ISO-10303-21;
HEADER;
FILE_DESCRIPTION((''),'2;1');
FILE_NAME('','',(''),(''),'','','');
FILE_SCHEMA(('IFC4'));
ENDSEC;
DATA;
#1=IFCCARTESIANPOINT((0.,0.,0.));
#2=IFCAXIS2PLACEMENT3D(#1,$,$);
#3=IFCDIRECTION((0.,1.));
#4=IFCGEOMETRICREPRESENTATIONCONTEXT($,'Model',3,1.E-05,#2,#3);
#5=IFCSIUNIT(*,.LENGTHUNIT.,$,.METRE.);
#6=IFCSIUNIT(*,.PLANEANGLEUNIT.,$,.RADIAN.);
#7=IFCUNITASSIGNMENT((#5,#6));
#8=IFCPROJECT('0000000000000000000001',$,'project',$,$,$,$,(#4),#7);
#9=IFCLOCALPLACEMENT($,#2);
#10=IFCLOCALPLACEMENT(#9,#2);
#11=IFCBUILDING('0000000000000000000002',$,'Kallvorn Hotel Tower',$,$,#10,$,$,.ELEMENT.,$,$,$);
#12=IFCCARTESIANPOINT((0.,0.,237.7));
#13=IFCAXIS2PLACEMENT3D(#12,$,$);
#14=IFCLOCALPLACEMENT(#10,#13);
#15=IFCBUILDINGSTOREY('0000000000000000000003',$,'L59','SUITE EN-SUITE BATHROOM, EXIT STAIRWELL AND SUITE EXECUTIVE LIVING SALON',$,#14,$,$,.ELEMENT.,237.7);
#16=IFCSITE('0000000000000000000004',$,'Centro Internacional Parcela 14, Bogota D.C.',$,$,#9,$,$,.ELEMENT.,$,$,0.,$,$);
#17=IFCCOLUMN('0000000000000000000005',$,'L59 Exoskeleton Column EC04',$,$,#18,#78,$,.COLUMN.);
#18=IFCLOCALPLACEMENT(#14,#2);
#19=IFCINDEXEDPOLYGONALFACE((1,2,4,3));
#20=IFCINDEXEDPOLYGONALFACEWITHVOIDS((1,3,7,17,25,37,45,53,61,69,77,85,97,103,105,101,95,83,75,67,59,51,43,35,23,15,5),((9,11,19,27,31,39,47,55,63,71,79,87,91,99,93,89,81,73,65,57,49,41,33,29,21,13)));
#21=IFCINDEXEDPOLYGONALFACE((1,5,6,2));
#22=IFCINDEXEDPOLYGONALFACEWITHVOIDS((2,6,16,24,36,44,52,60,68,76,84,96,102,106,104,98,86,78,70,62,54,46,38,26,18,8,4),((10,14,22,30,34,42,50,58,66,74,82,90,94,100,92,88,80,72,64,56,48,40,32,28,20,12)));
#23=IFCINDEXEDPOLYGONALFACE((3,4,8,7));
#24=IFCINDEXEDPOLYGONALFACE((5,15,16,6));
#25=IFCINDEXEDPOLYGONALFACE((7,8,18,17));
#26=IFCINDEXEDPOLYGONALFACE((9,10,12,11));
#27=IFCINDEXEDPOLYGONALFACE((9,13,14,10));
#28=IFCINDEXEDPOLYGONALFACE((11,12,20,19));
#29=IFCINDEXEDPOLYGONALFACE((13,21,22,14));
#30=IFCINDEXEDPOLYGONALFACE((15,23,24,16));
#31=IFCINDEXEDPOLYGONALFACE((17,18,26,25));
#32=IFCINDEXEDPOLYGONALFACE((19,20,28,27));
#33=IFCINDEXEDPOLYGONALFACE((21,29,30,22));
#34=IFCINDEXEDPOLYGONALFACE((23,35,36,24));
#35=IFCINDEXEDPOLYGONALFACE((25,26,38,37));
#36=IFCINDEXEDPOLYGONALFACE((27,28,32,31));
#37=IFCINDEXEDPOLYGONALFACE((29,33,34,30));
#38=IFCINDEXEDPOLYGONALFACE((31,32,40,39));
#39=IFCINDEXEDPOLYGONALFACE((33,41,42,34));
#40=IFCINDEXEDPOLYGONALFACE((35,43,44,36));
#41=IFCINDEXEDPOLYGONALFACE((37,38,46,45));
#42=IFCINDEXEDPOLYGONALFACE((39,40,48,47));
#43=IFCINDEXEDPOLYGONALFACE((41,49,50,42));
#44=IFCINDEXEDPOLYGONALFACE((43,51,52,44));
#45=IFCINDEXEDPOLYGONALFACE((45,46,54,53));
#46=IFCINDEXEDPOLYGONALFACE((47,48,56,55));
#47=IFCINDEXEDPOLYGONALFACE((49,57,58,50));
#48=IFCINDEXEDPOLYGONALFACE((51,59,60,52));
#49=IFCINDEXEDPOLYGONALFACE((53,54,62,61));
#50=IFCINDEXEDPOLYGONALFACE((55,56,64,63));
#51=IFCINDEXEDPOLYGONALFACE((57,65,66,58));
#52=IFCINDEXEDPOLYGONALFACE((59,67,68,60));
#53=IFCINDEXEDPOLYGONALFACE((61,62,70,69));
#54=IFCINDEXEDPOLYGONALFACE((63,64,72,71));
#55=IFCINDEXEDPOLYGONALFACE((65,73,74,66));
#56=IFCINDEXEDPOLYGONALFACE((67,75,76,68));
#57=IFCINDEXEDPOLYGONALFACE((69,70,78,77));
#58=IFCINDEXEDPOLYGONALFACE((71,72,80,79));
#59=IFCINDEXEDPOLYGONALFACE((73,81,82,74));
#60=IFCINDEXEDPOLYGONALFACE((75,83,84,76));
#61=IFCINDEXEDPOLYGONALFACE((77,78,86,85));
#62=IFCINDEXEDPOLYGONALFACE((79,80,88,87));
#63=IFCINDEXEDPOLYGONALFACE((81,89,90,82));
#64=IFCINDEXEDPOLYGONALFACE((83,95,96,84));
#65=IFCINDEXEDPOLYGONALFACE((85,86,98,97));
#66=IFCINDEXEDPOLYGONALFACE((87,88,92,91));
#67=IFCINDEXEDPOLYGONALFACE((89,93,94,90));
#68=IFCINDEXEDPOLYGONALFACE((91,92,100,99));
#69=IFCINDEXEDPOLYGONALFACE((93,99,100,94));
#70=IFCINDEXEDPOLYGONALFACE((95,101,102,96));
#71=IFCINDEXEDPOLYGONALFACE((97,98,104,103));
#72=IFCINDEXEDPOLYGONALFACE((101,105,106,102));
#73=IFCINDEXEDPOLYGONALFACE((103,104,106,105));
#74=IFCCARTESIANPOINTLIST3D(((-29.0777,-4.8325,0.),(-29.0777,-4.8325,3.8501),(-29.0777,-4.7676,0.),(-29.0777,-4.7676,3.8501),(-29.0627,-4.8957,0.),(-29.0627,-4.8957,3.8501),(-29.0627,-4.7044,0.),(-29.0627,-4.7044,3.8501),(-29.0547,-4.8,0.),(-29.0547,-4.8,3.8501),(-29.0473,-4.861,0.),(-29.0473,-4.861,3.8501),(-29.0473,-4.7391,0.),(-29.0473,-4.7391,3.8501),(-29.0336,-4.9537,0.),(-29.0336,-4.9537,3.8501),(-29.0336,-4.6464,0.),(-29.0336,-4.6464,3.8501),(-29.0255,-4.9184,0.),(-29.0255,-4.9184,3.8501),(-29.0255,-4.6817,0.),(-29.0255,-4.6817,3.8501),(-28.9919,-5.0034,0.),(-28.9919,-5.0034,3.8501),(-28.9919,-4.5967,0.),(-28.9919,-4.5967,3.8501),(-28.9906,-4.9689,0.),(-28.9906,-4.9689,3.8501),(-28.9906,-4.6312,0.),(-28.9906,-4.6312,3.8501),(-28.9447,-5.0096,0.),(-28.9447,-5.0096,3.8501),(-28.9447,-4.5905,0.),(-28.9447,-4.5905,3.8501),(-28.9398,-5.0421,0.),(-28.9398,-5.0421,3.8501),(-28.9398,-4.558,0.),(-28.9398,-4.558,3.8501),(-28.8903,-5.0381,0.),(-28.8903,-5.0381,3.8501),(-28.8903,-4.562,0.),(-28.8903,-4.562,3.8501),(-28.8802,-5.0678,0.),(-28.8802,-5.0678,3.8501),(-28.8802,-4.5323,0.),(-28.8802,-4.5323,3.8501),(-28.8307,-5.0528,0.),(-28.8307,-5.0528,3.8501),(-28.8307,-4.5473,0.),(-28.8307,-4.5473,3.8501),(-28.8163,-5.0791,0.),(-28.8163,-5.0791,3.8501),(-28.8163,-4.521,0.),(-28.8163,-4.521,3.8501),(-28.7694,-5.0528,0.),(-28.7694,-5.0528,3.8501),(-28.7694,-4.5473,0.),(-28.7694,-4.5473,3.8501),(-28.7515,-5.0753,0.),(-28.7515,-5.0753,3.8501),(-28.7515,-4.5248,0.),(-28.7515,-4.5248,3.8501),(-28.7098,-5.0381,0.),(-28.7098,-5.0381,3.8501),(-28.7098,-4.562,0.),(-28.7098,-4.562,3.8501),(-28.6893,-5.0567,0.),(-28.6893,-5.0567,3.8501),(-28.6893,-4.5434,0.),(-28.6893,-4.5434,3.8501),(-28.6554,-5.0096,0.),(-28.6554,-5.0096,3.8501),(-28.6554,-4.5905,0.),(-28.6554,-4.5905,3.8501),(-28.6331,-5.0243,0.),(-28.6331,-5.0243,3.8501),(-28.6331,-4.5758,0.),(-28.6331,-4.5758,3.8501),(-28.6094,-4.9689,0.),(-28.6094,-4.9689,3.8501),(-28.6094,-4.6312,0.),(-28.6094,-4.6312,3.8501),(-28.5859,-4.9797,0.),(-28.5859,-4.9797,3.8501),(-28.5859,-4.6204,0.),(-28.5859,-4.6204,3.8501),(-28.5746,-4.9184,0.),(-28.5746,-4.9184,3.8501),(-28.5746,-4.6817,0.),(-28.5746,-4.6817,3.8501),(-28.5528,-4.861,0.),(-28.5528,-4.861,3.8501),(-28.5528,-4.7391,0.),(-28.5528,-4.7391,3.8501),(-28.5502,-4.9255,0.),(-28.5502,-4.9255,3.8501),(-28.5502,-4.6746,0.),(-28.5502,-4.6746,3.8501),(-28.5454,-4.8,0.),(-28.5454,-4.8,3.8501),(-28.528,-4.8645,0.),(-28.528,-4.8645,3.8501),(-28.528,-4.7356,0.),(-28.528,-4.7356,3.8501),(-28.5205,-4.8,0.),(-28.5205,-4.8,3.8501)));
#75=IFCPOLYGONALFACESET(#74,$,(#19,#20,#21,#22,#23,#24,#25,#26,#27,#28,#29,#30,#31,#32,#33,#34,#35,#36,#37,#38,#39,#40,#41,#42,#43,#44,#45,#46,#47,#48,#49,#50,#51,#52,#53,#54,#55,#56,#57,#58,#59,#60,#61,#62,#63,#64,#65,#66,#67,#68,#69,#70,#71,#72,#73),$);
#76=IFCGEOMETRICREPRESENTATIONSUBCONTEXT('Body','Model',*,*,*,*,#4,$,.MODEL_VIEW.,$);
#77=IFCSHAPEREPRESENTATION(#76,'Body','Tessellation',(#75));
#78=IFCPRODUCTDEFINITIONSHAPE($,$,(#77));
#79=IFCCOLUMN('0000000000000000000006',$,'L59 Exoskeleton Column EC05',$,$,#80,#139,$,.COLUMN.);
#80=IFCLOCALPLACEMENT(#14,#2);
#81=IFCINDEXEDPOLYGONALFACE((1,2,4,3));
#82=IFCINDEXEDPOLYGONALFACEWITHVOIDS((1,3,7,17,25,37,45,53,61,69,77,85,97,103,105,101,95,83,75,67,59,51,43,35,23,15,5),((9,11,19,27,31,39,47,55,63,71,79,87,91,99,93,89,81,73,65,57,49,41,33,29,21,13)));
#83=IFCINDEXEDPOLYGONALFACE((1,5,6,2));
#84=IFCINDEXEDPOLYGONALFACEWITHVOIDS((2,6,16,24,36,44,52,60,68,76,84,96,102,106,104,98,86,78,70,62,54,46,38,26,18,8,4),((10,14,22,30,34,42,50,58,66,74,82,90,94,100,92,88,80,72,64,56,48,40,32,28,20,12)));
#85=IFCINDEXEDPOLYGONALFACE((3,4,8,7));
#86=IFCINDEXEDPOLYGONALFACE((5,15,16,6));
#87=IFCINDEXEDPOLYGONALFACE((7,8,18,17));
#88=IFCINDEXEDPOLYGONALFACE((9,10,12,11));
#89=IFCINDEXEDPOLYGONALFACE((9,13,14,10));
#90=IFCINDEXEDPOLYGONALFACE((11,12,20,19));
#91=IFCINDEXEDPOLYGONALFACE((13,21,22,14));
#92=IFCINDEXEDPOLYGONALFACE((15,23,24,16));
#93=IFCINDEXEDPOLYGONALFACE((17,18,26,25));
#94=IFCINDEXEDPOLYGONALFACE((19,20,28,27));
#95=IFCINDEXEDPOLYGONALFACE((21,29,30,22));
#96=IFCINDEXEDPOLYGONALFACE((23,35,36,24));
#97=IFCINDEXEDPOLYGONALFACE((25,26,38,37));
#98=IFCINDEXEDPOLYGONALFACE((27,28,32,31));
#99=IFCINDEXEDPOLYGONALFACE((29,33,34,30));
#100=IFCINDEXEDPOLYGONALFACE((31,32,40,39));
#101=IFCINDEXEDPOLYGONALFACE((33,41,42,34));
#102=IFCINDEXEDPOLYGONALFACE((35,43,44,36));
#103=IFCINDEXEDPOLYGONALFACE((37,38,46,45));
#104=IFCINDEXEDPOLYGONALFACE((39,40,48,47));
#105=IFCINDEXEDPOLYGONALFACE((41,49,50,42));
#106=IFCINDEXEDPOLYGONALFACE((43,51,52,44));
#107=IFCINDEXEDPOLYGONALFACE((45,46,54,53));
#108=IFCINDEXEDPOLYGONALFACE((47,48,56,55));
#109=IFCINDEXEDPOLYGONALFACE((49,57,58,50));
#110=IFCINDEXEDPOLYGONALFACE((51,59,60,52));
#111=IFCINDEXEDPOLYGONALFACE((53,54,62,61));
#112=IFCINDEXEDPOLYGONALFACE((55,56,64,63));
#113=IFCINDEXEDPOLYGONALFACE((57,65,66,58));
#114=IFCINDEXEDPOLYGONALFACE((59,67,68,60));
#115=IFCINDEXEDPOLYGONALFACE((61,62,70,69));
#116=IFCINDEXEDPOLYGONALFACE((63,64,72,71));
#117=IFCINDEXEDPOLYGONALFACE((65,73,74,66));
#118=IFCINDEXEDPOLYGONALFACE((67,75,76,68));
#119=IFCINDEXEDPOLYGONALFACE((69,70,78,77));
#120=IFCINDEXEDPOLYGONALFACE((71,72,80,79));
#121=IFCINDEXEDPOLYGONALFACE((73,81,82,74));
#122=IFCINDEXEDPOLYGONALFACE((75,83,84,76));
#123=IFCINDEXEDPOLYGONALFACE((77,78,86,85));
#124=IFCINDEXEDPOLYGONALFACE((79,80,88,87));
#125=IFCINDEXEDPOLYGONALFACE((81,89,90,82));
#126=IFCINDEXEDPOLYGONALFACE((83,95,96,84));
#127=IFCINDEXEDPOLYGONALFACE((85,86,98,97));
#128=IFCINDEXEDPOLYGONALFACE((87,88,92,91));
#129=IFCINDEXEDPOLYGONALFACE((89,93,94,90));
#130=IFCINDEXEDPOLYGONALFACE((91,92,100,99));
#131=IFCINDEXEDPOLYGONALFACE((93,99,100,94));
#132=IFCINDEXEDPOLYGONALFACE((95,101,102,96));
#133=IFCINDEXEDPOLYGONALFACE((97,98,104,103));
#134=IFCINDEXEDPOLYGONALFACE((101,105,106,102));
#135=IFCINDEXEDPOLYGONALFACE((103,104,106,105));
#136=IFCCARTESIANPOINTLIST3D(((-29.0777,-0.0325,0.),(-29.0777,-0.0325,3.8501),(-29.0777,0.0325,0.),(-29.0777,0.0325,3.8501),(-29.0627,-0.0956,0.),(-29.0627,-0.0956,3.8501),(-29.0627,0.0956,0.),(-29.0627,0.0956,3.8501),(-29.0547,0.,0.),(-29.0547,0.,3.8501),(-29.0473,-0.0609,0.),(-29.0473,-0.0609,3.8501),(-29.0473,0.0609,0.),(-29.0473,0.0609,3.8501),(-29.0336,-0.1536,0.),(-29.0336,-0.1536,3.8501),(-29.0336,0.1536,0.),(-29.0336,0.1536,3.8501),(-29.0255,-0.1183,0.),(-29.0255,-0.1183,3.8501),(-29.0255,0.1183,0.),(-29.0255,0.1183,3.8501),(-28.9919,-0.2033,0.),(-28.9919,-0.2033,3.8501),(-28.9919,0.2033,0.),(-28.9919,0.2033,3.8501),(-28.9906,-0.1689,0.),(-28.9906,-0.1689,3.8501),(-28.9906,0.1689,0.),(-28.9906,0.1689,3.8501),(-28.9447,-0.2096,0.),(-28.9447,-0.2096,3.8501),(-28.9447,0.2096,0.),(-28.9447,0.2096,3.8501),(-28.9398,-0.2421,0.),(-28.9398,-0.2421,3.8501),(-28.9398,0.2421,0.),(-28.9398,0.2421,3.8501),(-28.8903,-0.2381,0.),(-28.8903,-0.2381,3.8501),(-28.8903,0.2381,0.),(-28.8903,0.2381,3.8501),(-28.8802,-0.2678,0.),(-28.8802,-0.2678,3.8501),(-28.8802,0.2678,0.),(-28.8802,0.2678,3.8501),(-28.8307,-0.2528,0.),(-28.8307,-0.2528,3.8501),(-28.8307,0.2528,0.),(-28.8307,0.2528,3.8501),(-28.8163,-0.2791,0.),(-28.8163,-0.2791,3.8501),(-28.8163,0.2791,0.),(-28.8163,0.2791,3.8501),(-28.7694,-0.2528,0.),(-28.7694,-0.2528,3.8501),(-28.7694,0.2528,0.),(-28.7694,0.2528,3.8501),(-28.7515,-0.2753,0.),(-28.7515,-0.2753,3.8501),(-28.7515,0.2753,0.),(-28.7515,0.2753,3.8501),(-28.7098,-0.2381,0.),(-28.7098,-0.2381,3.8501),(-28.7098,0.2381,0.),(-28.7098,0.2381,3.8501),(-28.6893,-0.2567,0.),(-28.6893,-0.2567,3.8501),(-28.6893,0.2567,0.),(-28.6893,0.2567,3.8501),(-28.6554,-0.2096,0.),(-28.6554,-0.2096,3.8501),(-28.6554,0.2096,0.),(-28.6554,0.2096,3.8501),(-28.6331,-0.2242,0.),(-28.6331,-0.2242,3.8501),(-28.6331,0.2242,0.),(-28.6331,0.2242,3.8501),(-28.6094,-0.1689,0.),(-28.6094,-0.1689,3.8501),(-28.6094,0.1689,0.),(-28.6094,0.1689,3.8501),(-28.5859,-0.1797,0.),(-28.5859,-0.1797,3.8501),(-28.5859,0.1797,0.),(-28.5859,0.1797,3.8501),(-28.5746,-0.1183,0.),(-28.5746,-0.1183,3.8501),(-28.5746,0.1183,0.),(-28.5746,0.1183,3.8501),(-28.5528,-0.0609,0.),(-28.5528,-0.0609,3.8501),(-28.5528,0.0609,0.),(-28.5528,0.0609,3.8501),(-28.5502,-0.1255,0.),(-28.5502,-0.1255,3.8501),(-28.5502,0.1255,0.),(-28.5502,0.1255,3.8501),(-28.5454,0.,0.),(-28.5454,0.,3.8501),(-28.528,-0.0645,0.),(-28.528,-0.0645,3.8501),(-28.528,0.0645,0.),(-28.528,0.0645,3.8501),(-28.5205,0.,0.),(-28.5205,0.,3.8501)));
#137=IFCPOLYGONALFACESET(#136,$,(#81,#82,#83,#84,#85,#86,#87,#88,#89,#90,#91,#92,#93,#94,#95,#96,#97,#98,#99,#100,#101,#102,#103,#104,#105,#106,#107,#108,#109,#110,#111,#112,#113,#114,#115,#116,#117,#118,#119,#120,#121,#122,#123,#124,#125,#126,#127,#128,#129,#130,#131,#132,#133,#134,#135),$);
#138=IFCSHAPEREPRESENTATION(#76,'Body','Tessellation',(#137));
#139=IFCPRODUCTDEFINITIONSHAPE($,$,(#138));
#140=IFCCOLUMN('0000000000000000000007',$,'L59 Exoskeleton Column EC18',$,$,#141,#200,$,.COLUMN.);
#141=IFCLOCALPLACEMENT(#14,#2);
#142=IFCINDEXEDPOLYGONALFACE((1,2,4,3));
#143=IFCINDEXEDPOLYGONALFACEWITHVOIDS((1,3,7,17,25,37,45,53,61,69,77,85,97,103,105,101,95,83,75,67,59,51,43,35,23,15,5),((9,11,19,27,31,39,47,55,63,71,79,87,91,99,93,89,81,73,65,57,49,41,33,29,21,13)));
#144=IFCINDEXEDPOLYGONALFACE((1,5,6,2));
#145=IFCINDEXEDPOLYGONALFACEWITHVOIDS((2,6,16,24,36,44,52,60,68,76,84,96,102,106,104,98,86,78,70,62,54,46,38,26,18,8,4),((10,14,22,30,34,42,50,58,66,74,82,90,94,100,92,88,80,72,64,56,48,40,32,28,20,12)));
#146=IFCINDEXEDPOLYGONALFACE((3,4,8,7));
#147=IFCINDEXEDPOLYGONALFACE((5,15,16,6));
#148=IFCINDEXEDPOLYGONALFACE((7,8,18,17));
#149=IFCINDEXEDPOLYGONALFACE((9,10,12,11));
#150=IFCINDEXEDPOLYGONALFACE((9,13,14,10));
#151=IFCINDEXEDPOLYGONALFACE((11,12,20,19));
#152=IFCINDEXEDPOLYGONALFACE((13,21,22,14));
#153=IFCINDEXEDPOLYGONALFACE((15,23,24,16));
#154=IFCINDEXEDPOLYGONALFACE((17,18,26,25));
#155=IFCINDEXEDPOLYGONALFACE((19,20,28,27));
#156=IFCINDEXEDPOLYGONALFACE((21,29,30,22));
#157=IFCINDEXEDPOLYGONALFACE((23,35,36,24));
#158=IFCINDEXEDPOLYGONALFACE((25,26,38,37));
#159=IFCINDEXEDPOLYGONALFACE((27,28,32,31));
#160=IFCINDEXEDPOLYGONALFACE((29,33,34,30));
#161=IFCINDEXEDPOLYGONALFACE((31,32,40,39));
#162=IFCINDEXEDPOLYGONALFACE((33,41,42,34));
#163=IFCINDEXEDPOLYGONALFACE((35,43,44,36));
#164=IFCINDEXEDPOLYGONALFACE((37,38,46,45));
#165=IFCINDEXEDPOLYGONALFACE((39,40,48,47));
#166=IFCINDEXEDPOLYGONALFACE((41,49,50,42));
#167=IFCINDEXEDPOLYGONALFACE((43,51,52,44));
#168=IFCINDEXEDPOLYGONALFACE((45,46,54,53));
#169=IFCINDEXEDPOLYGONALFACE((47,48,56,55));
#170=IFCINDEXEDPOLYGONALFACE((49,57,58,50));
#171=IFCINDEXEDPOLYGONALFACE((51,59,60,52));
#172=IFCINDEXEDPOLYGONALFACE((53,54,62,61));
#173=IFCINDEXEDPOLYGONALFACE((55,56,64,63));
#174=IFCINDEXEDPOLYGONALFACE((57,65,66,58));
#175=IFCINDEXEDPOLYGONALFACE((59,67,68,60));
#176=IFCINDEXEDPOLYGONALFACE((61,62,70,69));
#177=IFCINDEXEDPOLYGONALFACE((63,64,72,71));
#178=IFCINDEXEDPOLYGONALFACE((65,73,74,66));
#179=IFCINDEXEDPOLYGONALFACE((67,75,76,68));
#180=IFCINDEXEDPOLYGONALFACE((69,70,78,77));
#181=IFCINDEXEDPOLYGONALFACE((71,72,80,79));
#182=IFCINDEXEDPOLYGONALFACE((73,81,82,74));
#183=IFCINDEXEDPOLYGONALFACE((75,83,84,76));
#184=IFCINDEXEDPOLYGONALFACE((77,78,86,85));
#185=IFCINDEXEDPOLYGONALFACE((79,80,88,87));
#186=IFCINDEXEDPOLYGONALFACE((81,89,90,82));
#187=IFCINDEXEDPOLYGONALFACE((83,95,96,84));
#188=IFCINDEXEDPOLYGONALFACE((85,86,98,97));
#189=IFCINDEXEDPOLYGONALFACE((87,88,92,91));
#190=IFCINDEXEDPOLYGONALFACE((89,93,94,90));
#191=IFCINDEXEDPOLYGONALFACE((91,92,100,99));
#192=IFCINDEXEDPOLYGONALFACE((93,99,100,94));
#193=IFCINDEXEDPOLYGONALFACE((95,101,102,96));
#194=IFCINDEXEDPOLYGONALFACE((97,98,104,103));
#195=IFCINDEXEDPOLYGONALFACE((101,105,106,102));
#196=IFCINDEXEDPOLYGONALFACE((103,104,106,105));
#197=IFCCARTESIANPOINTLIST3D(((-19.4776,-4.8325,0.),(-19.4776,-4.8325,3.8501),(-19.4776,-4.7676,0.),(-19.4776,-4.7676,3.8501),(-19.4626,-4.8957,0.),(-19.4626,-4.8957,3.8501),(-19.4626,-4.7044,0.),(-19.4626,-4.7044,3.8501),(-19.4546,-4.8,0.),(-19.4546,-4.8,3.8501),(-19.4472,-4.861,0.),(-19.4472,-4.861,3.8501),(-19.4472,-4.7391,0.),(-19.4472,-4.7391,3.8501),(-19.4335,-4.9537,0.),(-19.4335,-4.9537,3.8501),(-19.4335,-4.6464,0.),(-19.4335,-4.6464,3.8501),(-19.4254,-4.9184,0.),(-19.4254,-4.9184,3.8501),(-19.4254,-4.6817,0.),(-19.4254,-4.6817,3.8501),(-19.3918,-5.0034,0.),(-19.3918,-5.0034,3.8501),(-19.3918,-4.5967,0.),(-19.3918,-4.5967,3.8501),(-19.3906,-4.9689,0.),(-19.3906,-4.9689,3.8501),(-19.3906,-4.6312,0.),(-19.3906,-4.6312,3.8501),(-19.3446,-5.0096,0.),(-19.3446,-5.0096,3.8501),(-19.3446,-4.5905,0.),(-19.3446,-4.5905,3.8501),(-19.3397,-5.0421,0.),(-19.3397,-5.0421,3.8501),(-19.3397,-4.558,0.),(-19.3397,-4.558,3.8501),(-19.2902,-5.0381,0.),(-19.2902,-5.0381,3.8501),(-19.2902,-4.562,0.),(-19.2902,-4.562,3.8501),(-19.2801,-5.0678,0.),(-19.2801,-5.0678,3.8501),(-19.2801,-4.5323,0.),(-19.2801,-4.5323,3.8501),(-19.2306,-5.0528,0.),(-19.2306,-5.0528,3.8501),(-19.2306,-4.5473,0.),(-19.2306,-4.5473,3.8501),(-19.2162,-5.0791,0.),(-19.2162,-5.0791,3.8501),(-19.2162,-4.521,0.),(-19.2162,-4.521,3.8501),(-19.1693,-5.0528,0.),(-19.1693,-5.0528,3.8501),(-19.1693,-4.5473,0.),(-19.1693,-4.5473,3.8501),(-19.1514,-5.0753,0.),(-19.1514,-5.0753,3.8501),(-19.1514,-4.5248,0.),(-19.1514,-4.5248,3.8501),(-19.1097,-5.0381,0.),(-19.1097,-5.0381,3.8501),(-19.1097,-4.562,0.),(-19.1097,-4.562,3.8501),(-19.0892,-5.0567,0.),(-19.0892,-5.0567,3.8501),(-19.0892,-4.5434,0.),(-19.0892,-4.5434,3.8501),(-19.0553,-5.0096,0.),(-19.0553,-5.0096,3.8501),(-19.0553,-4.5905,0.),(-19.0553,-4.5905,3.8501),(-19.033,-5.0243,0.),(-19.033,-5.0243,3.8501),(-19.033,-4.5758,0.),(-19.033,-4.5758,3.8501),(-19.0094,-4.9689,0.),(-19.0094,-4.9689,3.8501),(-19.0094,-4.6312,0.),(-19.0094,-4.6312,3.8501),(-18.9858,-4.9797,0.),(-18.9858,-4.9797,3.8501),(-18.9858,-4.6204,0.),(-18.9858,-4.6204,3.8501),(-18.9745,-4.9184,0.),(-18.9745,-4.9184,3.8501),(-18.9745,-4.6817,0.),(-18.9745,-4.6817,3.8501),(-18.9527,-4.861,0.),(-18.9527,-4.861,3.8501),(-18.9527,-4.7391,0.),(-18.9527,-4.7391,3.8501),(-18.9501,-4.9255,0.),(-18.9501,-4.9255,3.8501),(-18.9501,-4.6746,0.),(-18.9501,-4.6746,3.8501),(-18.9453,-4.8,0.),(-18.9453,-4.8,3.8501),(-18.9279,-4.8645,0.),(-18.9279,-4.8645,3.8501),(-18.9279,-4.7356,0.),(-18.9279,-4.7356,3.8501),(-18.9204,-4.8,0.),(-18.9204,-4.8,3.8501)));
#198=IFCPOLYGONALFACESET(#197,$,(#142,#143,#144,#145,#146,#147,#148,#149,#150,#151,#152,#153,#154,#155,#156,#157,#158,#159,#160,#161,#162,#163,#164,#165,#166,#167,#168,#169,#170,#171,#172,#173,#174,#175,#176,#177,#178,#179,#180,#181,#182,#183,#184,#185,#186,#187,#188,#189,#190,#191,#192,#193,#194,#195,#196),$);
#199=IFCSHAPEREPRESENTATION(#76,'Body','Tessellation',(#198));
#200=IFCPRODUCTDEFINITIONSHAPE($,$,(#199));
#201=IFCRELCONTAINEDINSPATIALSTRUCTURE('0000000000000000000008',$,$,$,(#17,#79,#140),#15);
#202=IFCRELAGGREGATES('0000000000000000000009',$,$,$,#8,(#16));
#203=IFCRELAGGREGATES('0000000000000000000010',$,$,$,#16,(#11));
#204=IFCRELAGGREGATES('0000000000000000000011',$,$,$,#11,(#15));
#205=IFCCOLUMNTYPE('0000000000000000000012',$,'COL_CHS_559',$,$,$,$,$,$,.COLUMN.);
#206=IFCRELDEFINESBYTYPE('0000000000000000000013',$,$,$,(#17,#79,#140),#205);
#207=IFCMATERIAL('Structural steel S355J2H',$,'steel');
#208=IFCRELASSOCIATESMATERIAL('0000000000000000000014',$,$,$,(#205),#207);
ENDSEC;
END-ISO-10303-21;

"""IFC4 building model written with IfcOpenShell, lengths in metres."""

from ifc_helpers import new_model, si_unit, direction, frame, origin, origin_2d, place, context, subcontext, project, spatial, hollow_circle, extrude, material, material_profile, profile_set, type_object, element, save


model = new_model("IFC4")

# Units and contexts
model_context = context("Model", 3, precision=1e-05, world=origin(), true_north=direction((0.0, 1.0)))
body_context = subcontext(model_context, "Body", "Model", "MODEL_VIEW")
ifc_project = project(units=[si_unit("LENGTHUNIT", "METRE"), si_unit("PLANEANGLEUNIT", "RADIAN")], contexts=[model_context])

# Site, building, storey
site_placement = place(None, origin())
site = spatial("IfcSite", under=ifc_project, at=site_placement, Name="Centro Internacional Parcela 14, Bogota D.C.", CompositionType="ELEMENT", RefElevation=0.0)
building_placement = place(site_placement, origin())
building = spatial("IfcBuilding", under=site, at=building_placement, Name="Kallvorn Hotel Tower", CompositionType="ELEMENT")
storey_placement = place(building_placement, frame((0.0, 0.0, 237.7)))
storey = spatial("IfcBuildingStorey", under=building, at=storey_placement, Name="L59", Description="SUITE EN-SUITE BATHROOM, EXIT STAIRWELL AND SUITE EXECUTIVE LIVING SALON", CompositionType="ELEMENT", Elevation=237.7)

# Columns
ifc_material_1 = material(Name="Structural steel S355J2H", Category="steel")
ifc_material_profile_1 = material_profile(ifc_material_1, hollow_circle(Radius=0.2795, WallThickness=0.0249, at=origin_2d()), Name="CHS 559x25")
ifc_profile_set_1 = profile_set([ifc_material_profile_1], Name="Structural steel S355J2H")
column_type_1 = type_object("IfcColumnType", Name="COL_CHS_559", PredefinedType="COLUMN", material=ifc_profile_set_1)
for number, where, z_axis, x_axis, name in (
    (1, (-28.8, -4.8, 0.0), (0.0, 0.0, 1.0), (1.0, 0.0, 0.0), "L59 Exoskeleton Column EC04"),
    (2, (-28.8, 0.0, 0.0), (0.0, 0.0, 1.0), (1.0, 0.0, 0.0), "L59 Exoskeleton Column EC05"),
    (3, (-19.2, -4.8, 0.0), (0.0, 0.0, 1.0), (1.0, 0.0, 0.0), "L59 Exoskeleton Column EC18"),
):
    element("IfcColumn", number, at=place(storey_placement, frame(where, z_axis=z_axis, x_axis=x_axis)), inside=storey, type_object=column_type_1, Name=name, PredefinedType="COLUMN", context=body_context, shape_type="SweptSolid", body=[
        extrude(hollow_circle(Radius=0.2795, WallThickness=0.0249, at=origin_2d()), origin(), (0.0, 0.0, 1.0), 3.8501),
    ])

save(model, "model.ifc")
